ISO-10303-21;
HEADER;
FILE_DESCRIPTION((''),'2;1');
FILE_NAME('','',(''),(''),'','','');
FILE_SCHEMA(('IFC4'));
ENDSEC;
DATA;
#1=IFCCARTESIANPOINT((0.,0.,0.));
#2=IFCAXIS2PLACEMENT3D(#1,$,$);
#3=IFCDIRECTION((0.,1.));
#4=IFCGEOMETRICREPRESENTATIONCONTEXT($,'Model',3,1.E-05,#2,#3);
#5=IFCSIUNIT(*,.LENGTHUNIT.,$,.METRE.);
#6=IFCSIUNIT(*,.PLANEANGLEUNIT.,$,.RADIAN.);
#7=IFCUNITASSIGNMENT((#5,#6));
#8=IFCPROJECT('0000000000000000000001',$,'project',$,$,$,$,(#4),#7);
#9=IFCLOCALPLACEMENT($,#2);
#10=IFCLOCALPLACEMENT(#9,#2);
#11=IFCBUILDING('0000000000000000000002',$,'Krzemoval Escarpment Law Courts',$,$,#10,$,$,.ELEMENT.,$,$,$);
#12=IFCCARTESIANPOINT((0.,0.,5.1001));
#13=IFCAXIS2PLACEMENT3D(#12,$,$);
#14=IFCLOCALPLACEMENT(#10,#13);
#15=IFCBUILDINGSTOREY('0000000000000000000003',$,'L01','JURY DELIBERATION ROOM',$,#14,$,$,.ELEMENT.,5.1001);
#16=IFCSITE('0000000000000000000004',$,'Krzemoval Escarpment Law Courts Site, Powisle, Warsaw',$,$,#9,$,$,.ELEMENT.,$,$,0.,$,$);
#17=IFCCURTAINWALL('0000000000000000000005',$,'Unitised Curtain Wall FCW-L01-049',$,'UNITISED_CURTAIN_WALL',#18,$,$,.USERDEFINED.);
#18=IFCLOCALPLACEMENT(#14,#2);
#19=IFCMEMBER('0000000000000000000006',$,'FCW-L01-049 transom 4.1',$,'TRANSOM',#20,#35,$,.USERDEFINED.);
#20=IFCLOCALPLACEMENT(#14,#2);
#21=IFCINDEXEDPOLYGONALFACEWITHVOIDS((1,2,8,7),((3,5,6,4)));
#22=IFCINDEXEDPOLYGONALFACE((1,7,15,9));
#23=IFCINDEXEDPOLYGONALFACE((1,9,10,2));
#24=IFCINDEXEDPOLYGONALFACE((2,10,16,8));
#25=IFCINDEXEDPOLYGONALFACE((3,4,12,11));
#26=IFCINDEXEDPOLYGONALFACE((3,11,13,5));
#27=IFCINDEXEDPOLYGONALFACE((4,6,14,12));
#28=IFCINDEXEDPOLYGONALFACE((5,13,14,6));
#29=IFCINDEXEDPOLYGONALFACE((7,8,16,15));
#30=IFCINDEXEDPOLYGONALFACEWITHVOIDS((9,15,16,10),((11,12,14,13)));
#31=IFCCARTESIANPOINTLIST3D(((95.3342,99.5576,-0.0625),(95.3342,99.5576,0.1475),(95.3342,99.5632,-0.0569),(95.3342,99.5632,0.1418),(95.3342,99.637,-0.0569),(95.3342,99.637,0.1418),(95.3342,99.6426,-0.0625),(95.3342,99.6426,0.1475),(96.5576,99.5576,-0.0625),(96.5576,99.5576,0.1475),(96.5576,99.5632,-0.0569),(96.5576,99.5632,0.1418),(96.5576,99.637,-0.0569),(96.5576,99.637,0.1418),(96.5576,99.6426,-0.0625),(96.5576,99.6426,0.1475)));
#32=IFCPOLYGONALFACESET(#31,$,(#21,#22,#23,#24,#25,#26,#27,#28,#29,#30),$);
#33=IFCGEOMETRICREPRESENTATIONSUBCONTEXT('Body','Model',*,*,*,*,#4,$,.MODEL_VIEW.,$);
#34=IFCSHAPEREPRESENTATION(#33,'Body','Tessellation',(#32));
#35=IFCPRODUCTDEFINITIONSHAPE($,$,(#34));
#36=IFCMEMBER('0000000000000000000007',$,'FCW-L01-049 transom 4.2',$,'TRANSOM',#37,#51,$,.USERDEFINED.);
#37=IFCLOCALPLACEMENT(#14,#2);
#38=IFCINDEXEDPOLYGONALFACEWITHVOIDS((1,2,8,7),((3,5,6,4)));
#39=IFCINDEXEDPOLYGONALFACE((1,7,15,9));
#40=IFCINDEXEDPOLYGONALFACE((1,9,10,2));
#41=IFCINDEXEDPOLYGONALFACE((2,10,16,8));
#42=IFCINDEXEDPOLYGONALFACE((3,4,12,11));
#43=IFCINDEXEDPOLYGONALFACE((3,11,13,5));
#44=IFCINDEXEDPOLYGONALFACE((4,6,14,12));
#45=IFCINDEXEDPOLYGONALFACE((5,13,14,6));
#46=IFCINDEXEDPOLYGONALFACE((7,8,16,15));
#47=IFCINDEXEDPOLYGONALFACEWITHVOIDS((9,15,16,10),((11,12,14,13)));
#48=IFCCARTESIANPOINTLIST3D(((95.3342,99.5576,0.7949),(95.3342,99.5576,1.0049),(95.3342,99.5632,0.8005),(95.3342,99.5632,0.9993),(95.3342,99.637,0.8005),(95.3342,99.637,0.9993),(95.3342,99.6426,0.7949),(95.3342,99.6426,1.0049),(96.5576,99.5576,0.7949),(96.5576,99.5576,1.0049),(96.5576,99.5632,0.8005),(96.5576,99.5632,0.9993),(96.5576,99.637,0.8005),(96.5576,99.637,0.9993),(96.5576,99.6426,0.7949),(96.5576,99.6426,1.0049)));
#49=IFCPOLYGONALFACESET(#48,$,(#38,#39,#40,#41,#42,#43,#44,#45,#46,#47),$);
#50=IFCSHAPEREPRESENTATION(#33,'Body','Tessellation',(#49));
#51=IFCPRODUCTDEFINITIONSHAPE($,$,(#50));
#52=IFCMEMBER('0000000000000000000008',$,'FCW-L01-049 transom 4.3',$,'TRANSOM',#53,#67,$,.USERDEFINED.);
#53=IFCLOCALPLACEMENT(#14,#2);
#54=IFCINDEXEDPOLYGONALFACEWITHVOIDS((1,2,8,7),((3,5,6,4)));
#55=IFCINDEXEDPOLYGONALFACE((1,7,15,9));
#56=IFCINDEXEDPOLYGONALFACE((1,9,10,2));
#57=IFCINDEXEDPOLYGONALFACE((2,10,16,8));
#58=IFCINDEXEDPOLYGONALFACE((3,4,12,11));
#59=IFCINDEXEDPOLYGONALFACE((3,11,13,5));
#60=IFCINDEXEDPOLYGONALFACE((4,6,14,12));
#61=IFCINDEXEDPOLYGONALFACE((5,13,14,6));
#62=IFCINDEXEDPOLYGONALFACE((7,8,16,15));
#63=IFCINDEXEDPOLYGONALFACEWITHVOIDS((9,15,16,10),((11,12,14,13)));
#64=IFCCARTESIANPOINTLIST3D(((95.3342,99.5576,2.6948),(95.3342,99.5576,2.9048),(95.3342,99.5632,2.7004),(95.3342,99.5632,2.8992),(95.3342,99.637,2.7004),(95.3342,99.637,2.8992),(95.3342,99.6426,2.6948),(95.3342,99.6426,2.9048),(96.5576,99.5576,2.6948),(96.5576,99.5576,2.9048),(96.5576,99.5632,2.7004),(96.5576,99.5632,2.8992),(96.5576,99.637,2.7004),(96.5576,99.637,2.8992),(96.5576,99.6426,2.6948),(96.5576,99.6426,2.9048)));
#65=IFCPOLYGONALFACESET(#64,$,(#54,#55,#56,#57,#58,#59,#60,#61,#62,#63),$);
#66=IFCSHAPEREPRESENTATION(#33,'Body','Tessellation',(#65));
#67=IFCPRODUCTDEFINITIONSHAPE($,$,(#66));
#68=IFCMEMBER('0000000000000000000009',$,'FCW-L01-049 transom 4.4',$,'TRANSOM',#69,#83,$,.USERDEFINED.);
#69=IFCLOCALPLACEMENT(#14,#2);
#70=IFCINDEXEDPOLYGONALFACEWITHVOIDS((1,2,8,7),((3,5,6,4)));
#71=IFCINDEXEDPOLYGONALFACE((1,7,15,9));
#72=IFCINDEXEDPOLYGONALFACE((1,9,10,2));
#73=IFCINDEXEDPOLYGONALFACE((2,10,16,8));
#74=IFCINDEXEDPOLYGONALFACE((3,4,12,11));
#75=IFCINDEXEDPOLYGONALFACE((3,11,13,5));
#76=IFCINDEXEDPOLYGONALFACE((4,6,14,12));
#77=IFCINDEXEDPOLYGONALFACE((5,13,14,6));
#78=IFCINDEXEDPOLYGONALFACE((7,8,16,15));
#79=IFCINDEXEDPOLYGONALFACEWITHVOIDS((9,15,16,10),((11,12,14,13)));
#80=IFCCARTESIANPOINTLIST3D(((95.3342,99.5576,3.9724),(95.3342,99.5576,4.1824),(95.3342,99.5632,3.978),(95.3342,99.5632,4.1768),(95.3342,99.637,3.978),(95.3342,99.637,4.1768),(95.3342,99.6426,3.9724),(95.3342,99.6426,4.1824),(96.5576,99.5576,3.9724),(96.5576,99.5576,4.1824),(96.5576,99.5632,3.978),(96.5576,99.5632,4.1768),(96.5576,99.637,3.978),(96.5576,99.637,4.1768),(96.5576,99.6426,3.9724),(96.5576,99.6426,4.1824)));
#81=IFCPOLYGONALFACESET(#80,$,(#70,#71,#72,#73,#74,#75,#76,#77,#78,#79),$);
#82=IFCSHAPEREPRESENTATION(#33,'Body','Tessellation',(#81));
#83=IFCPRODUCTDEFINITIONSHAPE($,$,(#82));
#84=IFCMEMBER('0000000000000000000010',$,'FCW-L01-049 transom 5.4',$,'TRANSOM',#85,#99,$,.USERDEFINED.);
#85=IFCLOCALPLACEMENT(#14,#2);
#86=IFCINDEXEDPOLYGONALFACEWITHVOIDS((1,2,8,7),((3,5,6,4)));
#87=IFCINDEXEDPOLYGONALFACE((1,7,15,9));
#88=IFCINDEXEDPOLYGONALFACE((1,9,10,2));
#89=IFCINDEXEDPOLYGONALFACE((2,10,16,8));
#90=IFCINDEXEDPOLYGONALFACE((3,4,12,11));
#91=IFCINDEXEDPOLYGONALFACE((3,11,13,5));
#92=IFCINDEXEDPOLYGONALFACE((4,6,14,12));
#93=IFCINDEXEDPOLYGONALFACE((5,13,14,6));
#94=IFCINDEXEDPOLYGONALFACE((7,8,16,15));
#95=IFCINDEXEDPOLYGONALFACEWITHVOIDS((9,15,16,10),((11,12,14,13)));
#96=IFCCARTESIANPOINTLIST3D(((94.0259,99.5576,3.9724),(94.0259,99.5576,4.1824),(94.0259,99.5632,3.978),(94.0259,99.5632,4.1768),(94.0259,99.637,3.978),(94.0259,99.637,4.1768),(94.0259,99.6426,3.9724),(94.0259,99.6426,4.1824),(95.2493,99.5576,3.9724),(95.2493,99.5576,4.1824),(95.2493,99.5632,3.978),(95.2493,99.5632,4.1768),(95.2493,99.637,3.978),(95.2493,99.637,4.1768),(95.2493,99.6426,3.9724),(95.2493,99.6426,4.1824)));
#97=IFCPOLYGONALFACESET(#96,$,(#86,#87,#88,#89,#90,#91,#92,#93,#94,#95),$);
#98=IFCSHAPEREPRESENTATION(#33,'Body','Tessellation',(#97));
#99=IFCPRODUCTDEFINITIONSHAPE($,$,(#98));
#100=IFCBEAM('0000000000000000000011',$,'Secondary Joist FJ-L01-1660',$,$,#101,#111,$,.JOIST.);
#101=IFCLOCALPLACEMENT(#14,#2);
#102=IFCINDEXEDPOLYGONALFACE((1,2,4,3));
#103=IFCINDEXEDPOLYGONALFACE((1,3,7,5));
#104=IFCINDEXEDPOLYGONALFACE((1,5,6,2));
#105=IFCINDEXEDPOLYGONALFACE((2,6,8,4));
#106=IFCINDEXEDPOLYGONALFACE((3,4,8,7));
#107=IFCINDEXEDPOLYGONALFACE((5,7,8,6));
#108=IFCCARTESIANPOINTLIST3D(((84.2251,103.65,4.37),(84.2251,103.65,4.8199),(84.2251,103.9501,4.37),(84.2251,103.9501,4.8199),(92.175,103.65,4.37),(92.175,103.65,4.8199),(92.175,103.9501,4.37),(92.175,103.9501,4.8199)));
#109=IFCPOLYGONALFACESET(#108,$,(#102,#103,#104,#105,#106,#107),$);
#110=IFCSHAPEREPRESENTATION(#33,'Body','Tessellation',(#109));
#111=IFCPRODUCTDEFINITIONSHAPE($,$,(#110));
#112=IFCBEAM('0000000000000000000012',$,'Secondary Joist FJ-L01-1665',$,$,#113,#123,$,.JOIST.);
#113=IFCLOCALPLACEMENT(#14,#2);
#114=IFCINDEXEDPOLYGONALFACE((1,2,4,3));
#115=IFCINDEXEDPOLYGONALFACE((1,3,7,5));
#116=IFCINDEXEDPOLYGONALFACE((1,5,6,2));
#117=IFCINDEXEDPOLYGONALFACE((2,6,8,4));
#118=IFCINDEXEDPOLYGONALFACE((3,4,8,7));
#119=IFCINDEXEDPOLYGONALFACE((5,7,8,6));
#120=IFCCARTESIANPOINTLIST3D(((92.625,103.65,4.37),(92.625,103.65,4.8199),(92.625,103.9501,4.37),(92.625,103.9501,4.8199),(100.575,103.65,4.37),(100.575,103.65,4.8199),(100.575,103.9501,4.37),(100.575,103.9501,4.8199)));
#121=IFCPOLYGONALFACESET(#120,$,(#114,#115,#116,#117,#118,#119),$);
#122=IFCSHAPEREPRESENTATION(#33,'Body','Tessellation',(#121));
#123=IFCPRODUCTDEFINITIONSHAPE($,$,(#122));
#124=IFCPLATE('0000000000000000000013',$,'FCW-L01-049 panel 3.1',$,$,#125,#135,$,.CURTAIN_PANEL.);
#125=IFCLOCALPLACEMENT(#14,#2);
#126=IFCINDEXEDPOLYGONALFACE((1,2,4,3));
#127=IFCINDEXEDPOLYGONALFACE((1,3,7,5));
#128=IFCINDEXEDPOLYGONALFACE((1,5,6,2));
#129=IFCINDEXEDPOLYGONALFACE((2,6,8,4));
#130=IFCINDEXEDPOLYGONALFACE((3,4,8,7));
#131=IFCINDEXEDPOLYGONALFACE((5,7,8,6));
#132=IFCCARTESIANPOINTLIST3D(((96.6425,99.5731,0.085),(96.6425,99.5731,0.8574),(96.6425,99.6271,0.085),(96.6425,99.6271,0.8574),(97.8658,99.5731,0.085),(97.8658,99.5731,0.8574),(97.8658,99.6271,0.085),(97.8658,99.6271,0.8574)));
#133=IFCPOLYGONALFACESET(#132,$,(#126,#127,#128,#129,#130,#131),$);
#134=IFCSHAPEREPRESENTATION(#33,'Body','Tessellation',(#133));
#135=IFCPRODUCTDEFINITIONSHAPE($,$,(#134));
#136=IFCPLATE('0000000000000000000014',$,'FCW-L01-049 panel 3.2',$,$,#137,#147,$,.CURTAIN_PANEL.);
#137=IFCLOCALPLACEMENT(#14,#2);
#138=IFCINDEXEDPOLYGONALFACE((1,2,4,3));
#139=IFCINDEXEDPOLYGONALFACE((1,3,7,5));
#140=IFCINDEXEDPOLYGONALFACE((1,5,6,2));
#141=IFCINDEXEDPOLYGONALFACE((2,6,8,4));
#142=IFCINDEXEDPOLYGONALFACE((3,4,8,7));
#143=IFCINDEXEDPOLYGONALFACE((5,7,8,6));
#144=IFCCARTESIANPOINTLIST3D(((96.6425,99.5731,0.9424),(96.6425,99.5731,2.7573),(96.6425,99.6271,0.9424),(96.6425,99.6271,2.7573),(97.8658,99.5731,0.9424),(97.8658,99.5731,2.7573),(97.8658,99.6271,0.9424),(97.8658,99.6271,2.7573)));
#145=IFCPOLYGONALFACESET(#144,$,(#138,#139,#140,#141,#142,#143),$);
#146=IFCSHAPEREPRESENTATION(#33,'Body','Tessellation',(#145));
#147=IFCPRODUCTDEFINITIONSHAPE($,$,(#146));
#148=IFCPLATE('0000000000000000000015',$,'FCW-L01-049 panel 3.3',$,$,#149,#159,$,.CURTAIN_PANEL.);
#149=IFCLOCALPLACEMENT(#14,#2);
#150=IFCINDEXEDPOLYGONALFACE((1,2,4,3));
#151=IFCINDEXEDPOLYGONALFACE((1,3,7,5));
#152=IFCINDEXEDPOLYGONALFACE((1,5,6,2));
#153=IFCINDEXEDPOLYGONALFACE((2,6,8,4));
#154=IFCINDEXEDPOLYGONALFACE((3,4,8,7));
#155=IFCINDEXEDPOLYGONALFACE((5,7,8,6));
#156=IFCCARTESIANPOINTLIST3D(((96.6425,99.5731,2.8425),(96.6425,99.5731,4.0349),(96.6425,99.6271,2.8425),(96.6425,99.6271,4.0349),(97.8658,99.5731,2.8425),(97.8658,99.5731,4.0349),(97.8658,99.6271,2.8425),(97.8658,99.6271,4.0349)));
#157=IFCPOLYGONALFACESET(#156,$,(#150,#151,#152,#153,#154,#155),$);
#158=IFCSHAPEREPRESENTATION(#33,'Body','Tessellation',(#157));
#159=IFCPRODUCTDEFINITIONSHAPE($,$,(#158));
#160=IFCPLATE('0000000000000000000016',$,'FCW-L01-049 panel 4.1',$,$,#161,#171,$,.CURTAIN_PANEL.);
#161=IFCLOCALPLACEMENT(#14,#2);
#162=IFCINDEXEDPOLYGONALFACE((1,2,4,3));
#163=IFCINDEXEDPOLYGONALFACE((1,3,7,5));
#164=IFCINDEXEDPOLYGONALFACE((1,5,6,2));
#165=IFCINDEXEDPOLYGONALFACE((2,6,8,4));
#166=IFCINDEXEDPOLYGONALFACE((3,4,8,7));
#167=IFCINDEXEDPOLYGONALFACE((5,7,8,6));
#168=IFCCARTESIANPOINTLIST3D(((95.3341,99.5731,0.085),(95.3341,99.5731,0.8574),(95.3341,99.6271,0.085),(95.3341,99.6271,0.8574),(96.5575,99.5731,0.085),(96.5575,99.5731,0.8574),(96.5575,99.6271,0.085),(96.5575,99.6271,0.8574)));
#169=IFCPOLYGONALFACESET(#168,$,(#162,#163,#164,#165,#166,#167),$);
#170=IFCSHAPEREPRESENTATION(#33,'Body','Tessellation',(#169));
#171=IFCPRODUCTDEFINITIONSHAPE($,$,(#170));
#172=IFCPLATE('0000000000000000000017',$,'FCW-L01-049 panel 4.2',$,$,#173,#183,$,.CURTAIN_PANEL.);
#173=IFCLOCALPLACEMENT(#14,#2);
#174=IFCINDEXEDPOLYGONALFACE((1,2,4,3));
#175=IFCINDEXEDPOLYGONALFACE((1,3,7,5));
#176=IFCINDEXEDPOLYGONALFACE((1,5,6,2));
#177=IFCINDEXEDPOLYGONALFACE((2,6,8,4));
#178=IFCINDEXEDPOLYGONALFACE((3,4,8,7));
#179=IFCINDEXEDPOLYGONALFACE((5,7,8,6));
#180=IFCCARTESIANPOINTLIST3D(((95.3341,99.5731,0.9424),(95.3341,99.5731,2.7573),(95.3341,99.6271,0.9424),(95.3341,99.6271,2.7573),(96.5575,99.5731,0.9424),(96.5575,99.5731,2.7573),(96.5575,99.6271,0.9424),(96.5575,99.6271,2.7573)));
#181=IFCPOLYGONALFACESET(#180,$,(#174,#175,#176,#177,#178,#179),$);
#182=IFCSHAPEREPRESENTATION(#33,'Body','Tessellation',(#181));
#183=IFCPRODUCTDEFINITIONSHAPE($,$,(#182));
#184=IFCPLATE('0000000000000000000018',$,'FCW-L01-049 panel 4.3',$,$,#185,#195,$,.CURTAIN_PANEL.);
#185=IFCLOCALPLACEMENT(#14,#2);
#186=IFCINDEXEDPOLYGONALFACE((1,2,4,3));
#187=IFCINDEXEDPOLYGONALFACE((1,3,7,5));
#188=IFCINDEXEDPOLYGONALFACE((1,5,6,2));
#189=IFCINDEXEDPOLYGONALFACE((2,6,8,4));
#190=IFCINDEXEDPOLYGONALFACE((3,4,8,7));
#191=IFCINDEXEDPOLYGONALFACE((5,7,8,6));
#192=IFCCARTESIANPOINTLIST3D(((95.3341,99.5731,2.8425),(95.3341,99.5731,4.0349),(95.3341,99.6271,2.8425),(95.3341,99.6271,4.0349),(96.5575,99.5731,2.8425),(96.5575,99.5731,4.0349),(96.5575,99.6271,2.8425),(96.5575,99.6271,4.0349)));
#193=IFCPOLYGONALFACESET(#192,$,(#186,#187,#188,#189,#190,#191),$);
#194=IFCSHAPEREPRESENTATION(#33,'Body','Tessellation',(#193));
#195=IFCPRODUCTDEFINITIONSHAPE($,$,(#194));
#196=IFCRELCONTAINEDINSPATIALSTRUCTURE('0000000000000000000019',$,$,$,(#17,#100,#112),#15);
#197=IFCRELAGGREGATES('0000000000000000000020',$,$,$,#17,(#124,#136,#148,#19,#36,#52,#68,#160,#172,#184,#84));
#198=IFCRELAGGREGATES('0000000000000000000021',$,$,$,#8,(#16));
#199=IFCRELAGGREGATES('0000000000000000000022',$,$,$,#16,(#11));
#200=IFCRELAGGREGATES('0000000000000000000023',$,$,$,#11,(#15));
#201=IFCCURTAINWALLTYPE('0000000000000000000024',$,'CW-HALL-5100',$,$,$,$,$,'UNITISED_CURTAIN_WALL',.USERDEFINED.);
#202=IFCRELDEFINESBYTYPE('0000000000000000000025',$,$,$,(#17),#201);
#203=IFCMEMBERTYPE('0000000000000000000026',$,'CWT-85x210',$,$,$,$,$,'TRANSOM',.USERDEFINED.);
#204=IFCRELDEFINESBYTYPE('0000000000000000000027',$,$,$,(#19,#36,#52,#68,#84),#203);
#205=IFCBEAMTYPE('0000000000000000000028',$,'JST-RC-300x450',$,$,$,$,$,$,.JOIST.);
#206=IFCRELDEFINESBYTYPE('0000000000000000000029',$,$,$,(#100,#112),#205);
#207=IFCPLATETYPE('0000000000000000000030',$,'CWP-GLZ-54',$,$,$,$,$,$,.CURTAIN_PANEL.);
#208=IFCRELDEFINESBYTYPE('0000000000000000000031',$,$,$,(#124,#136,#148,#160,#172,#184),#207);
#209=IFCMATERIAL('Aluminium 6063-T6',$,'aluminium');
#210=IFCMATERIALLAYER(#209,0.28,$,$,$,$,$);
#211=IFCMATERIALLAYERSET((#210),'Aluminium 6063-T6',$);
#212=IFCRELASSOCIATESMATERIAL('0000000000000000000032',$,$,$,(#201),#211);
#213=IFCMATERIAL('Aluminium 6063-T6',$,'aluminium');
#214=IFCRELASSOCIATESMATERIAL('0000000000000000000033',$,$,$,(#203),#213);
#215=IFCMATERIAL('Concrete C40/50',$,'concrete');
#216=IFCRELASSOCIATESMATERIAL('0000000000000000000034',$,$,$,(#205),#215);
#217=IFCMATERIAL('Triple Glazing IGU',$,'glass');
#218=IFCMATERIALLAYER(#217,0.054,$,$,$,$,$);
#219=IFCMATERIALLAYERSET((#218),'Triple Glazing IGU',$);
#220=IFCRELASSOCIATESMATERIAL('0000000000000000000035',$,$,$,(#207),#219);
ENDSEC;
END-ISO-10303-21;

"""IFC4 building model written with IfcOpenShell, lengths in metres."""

from ifc_helpers import new_model, si_unit, direction, frame, origin, origin_2d, place, context, subcontext, project, spatial, rectangle, hollow_rectangle, extrude, material, layer, layer_set, material_profile, profile_set, type_object, element, aggregate, save


model = new_model("IFC4")

# Units and contexts
model_context = context("Model", 3, precision=1e-05, world=origin(), true_north=direction((0.0, 1.0)))
body_context = subcontext(model_context, "Body", "Model", "MODEL_VIEW")
ifc_project = project(units=[si_unit("LENGTHUNIT", "METRE"), si_unit("PLANEANGLEUNIT", "RADIAN")], contexts=[model_context])

# Site, building, storey
site_placement = place(None, origin())
site = spatial("IfcSite", under=ifc_project, at=site_placement, Name="Krzemoval Escarpment Law Courts Site, Powisle, Warsaw", CompositionType="ELEMENT", RefElevation=0.0)
building_placement = place(site_placement, origin())
building = spatial("IfcBuilding", under=site, at=building_placement, Name="Krzemoval Escarpment Law Courts", CompositionType="ELEMENT")
storey_placement = place(building_placement, frame((0.0, 0.0, 5.1001)))
storey = spatial("IfcBuildingStorey", under=building, at=storey_placement, Name="L01", Description="JURY DELIBERATION ROOM", CompositionType="ELEMENT", Elevation=5.1001)

# Curtain wall, members
ifc_material_1 = material(Name="Aluminium 6063-T6", Category="aluminium")
ifc_layer_1 = layer(ifc_material_1, 0.28)
ifc_layer_set_1 = layer_set([ifc_layer_1], Name="Aluminium 6063-T6")
curtain_wall_type = type_object("IfcCurtainWallType", Name="CW-HALL-5100", ElementType="UNITISED_CURTAIN_WALL", PredefinedType="USERDEFINED", material=ifc_layer_set_1)
curtain_wall_placement = place(storey_placement, origin())
curtain_wall = element("IfcCurtainWall", 1, at=curtain_wall_placement, inside=storey, type_object=curtain_wall_type, Name="Unitised Curtain Wall FCW-L01-049", ObjectType="UNITISED_CURTAIN_WALL", PredefinedType="USERDEFINED")
ifc_material_2 = material(Name="Aluminium 6063-T6", Category="aluminium")
ifc_material_profile_1 = material_profile(ifc_material_2, hollow_rectangle(XDim=0.085, YDim=0.21, WallThickness=0.0056, at=origin_2d()), Name="ALU T85x210")
ifc_profile_set_1 = profile_set([ifc_material_profile_1], Name="Aluminium 6063-T6")
member_type_1 = type_object("IfcMemberType", Name="CWT-85x210", ElementType="TRANSOM", PredefinedType="USERDEFINED", material=ifc_profile_set_1)
member_1_placement = place(storey_placement, frame((96.5576, 99.6001, 0.0425), z_axis=(-1.0, 0.0, 0.0), x_axis=(0.0, -1.0, 0.0)))
member_1 = element("IfcMember", 2, at=member_1_placement, type_object=member_type_1, Name="FCW-L01-049 transom 4.1", ObjectType="TRANSOM", PredefinedType="USERDEFINED", context=body_context, shape_type="SweptSolid", body=[
    extrude(hollow_rectangle(XDim=0.085, YDim=0.21, WallThickness=0.0056, at=origin_2d()), origin(), (0.0, 0.0, 1.0), 1.2234),
])
member_2_placement = place(storey_placement, frame((96.5576, 99.6001, 0.8999), z_axis=(-1.0, 0.0, 0.0), x_axis=(0.0, -1.0, 0.0)))
member_2 = element("IfcMember", 3, at=member_2_placement, type_object=member_type_1, Name="FCW-L01-049 transom 4.2", ObjectType="TRANSOM", PredefinedType="USERDEFINED", context=body_context, shape_type="SweptSolid", body=[
    extrude(hollow_rectangle(XDim=0.085, YDim=0.21, WallThickness=0.0056, at=origin_2d()), origin(), (0.0, 0.0, 1.0), 1.2234),
])
member_3_placement = place(storey_placement, frame((96.5576, 99.6001, 2.7998), z_axis=(-1.0, 0.0, 0.0), x_axis=(0.0, -1.0, 0.0)))
member_3 = element("IfcMember", 4, at=member_3_placement, type_object=member_type_1, Name="FCW-L01-049 transom 4.3", ObjectType="TRANSOM", PredefinedType="USERDEFINED", context=body_context, shape_type="SweptSolid", body=[
    extrude(hollow_rectangle(XDim=0.085, YDim=0.21, WallThickness=0.0056, at=origin_2d()), origin(), (0.0, 0.0, 1.0), 1.2234),
])
member_4_placement = place(storey_placement, frame((96.5576, 99.6001, 4.0774), z_axis=(-1.0, 0.0, 0.0), x_axis=(0.0, -1.0, 0.0)))
member_4 = element("IfcMember", 5, at=member_4_placement, type_object=member_type_1, Name="FCW-L01-049 transom 4.4", ObjectType="TRANSOM", PredefinedType="USERDEFINED", context=body_context, shape_type="SweptSolid", body=[
    extrude(hollow_rectangle(XDim=0.085, YDim=0.21, WallThickness=0.0056, at=origin_2d()), origin(), (0.0, 0.0, 1.0), 1.2234),
])
member_5_placement = place(storey_placement, frame((95.2493, 99.6001, 4.0774), z_axis=(-1.0, 0.0, 0.0), x_axis=(0.0, -1.0, 0.0)))
member_5 = element("IfcMember", 6, at=member_5_placement, type_object=member_type_1, Name="FCW-L01-049 transom 5.4", ObjectType="TRANSOM", PredefinedType="USERDEFINED", context=body_context, shape_type="SweptSolid", body=[
    extrude(hollow_rectangle(XDim=0.085, YDim=0.21, WallThickness=0.0056, at=origin_2d()), origin(), (0.0, 0.0, 1.0), 1.2234),
])

# Beams
ifc_material_3 = material(Name="Concrete C40/50", Category="concrete")
ifc_material_profile_2 = material_profile(ifc_material_3, rectangle(XDim=0.3, YDim=0.45, at=origin_2d()), Name="RCB 300x450")
ifc_profile_set_2 = profile_set([ifc_material_profile_2], Name="Concrete C40/50")
beam_type_1 = type_object("IfcBeamType", Name="JST-RC-300x450", PredefinedType="JOIST", material=ifc_profile_set_2)
for number, where, z_axis, x_axis, name in (
    (7, (84.2251, 103.8, 4.595), (1.0, 0.0, 0.0), (0.0, 1.0, 0.0), "Secondary Joist FJ-L01-1660"),
    (8, (92.625, 103.8, 4.595), (1.0, 0.0, 0.0), (0.0, 1.0, 0.0), "Secondary Joist FJ-L01-1665"),
):
    element("IfcBeam", number, at=place(storey_placement, frame(where, z_axis=z_axis, x_axis=x_axis)), inside=storey, type_object=beam_type_1, Name=name, PredefinedType="JOIST", context=body_context, shape_type="SweptSolid", body=[
        extrude(rectangle(XDim=0.3, YDim=0.45, at=origin_2d()), origin(), (0.0, 0.0, 1.0), 7.95),
    ])

# Plates
ifc_material_4 = material(Name="Triple Glazing IGU", Category="glass")
ifc_layer_2 = layer(ifc_material_4, 0.054)
ifc_layer_set_2 = layer_set([ifc_layer_2], Name="Triple Glazing IGU")
plate_type = type_object("IfcPlateType", Name="CWP-GLZ-54", PredefinedType="CURTAIN_PANEL", material=ifc_layer_set_2)
plate_1_placement = place(storey_placement, frame((97.2542, 99.6001, 0.085), z_axis=(0.0, 0.0, 1.0), x_axis=(-1.0, 0.0, 0.0)))
plate_1 = element("IfcPlate", 9, at=plate_1_placement, type_object=plate_type, Name="FCW-L01-049 panel 3.1", PredefinedType="CURTAIN_PANEL", context=body_context, shape_type="SweptSolid", body=[
    extrude(rectangle(XDim=1.2234, YDim=0.054, at=origin_2d()), origin(), (0.0, 0.0, 1.0), 0.7725),
])
plate_2_placement = place(storey_placement, frame((97.2542, 99.6001, 0.9424), z_axis=(0.0, 0.0, 1.0), x_axis=(-1.0, 0.0, 0.0)))
plate_2 = element("IfcPlate", 10, at=plate_2_placement, type_object=plate_type, Name="FCW-L01-049 panel 3.2", PredefinedType="CURTAIN_PANEL", context=body_context, shape_type="SweptSolid", body=[
    extrude(rectangle(XDim=1.2234, YDim=0.054, at=origin_2d()), origin(), (0.0, 0.0, 1.0), 1.8149),
])
plate_3_placement = place(storey_placement, frame((97.2542, 99.6001, 2.8425), z_axis=(0.0, 0.0, 1.0), x_axis=(-1.0, 0.0, 0.0)))
plate_3 = element("IfcPlate", 11, at=plate_3_placement, type_object=plate_type, Name="FCW-L01-049 panel 3.3", PredefinedType="CURTAIN_PANEL", context=body_context, shape_type="SweptSolid", body=[
    extrude(rectangle(XDim=1.2234, YDim=0.054, at=origin_2d()), origin(), (0.0, 0.0, 1.0), 1.1924),
])
plate_4_placement = place(storey_placement, frame((95.9458, 99.6001, 0.085), z_axis=(0.0, 0.0, 1.0), x_axis=(-1.0, 0.0, 0.0)))
plate_4 = element("IfcPlate", 12, at=plate_4_placement, type_object=plate_type, Name="FCW-L01-049 panel 4.1", PredefinedType="CURTAIN_PANEL", context=body_context, shape_type="SweptSolid", body=[
    extrude(rectangle(XDim=1.2234, YDim=0.054, at=origin_2d()), origin(), (0.0, 0.0, 1.0), 0.7725),
])
plate_5_placement = place(storey_placement, frame((95.9458, 99.6001, 0.9424), z_axis=(0.0, 0.0, 1.0), x_axis=(-1.0, 0.0, 0.0)))
plate_5 = element("IfcPlate", 13, at=plate_5_placement, type_object=plate_type, Name="FCW-L01-049 panel 4.2", PredefinedType="CURTAIN_PANEL", context=body_context, shape_type="SweptSolid", body=[
    extrude(rectangle(XDim=1.2234, YDim=0.054, at=origin_2d()), origin(), (0.0, 0.0, 1.0), 1.8149),
])
plate_6_placement = place(storey_placement, frame((95.9458, 99.6001, 2.8425), z_axis=(0.0, 0.0, 1.0), x_axis=(-1.0, 0.0, 0.0)))
plate_6 = element("IfcPlate", 14, at=plate_6_placement, type_object=plate_type, Name="FCW-L01-049 panel 4.3", PredefinedType="CURTAIN_PANEL", context=body_context, shape_type="SweptSolid", body=[
    extrude(rectangle(XDim=1.2234, YDim=0.054, at=origin_2d()), origin(), (0.0, 0.0, 1.0), 1.1924),
])
aggregate(curtain_wall, [plate_1, plate_2, plate_3, member_1, member_2, member_3, member_4, plate_4, plate_5, plate_6, member_5])

save(model, "model.ifc")
